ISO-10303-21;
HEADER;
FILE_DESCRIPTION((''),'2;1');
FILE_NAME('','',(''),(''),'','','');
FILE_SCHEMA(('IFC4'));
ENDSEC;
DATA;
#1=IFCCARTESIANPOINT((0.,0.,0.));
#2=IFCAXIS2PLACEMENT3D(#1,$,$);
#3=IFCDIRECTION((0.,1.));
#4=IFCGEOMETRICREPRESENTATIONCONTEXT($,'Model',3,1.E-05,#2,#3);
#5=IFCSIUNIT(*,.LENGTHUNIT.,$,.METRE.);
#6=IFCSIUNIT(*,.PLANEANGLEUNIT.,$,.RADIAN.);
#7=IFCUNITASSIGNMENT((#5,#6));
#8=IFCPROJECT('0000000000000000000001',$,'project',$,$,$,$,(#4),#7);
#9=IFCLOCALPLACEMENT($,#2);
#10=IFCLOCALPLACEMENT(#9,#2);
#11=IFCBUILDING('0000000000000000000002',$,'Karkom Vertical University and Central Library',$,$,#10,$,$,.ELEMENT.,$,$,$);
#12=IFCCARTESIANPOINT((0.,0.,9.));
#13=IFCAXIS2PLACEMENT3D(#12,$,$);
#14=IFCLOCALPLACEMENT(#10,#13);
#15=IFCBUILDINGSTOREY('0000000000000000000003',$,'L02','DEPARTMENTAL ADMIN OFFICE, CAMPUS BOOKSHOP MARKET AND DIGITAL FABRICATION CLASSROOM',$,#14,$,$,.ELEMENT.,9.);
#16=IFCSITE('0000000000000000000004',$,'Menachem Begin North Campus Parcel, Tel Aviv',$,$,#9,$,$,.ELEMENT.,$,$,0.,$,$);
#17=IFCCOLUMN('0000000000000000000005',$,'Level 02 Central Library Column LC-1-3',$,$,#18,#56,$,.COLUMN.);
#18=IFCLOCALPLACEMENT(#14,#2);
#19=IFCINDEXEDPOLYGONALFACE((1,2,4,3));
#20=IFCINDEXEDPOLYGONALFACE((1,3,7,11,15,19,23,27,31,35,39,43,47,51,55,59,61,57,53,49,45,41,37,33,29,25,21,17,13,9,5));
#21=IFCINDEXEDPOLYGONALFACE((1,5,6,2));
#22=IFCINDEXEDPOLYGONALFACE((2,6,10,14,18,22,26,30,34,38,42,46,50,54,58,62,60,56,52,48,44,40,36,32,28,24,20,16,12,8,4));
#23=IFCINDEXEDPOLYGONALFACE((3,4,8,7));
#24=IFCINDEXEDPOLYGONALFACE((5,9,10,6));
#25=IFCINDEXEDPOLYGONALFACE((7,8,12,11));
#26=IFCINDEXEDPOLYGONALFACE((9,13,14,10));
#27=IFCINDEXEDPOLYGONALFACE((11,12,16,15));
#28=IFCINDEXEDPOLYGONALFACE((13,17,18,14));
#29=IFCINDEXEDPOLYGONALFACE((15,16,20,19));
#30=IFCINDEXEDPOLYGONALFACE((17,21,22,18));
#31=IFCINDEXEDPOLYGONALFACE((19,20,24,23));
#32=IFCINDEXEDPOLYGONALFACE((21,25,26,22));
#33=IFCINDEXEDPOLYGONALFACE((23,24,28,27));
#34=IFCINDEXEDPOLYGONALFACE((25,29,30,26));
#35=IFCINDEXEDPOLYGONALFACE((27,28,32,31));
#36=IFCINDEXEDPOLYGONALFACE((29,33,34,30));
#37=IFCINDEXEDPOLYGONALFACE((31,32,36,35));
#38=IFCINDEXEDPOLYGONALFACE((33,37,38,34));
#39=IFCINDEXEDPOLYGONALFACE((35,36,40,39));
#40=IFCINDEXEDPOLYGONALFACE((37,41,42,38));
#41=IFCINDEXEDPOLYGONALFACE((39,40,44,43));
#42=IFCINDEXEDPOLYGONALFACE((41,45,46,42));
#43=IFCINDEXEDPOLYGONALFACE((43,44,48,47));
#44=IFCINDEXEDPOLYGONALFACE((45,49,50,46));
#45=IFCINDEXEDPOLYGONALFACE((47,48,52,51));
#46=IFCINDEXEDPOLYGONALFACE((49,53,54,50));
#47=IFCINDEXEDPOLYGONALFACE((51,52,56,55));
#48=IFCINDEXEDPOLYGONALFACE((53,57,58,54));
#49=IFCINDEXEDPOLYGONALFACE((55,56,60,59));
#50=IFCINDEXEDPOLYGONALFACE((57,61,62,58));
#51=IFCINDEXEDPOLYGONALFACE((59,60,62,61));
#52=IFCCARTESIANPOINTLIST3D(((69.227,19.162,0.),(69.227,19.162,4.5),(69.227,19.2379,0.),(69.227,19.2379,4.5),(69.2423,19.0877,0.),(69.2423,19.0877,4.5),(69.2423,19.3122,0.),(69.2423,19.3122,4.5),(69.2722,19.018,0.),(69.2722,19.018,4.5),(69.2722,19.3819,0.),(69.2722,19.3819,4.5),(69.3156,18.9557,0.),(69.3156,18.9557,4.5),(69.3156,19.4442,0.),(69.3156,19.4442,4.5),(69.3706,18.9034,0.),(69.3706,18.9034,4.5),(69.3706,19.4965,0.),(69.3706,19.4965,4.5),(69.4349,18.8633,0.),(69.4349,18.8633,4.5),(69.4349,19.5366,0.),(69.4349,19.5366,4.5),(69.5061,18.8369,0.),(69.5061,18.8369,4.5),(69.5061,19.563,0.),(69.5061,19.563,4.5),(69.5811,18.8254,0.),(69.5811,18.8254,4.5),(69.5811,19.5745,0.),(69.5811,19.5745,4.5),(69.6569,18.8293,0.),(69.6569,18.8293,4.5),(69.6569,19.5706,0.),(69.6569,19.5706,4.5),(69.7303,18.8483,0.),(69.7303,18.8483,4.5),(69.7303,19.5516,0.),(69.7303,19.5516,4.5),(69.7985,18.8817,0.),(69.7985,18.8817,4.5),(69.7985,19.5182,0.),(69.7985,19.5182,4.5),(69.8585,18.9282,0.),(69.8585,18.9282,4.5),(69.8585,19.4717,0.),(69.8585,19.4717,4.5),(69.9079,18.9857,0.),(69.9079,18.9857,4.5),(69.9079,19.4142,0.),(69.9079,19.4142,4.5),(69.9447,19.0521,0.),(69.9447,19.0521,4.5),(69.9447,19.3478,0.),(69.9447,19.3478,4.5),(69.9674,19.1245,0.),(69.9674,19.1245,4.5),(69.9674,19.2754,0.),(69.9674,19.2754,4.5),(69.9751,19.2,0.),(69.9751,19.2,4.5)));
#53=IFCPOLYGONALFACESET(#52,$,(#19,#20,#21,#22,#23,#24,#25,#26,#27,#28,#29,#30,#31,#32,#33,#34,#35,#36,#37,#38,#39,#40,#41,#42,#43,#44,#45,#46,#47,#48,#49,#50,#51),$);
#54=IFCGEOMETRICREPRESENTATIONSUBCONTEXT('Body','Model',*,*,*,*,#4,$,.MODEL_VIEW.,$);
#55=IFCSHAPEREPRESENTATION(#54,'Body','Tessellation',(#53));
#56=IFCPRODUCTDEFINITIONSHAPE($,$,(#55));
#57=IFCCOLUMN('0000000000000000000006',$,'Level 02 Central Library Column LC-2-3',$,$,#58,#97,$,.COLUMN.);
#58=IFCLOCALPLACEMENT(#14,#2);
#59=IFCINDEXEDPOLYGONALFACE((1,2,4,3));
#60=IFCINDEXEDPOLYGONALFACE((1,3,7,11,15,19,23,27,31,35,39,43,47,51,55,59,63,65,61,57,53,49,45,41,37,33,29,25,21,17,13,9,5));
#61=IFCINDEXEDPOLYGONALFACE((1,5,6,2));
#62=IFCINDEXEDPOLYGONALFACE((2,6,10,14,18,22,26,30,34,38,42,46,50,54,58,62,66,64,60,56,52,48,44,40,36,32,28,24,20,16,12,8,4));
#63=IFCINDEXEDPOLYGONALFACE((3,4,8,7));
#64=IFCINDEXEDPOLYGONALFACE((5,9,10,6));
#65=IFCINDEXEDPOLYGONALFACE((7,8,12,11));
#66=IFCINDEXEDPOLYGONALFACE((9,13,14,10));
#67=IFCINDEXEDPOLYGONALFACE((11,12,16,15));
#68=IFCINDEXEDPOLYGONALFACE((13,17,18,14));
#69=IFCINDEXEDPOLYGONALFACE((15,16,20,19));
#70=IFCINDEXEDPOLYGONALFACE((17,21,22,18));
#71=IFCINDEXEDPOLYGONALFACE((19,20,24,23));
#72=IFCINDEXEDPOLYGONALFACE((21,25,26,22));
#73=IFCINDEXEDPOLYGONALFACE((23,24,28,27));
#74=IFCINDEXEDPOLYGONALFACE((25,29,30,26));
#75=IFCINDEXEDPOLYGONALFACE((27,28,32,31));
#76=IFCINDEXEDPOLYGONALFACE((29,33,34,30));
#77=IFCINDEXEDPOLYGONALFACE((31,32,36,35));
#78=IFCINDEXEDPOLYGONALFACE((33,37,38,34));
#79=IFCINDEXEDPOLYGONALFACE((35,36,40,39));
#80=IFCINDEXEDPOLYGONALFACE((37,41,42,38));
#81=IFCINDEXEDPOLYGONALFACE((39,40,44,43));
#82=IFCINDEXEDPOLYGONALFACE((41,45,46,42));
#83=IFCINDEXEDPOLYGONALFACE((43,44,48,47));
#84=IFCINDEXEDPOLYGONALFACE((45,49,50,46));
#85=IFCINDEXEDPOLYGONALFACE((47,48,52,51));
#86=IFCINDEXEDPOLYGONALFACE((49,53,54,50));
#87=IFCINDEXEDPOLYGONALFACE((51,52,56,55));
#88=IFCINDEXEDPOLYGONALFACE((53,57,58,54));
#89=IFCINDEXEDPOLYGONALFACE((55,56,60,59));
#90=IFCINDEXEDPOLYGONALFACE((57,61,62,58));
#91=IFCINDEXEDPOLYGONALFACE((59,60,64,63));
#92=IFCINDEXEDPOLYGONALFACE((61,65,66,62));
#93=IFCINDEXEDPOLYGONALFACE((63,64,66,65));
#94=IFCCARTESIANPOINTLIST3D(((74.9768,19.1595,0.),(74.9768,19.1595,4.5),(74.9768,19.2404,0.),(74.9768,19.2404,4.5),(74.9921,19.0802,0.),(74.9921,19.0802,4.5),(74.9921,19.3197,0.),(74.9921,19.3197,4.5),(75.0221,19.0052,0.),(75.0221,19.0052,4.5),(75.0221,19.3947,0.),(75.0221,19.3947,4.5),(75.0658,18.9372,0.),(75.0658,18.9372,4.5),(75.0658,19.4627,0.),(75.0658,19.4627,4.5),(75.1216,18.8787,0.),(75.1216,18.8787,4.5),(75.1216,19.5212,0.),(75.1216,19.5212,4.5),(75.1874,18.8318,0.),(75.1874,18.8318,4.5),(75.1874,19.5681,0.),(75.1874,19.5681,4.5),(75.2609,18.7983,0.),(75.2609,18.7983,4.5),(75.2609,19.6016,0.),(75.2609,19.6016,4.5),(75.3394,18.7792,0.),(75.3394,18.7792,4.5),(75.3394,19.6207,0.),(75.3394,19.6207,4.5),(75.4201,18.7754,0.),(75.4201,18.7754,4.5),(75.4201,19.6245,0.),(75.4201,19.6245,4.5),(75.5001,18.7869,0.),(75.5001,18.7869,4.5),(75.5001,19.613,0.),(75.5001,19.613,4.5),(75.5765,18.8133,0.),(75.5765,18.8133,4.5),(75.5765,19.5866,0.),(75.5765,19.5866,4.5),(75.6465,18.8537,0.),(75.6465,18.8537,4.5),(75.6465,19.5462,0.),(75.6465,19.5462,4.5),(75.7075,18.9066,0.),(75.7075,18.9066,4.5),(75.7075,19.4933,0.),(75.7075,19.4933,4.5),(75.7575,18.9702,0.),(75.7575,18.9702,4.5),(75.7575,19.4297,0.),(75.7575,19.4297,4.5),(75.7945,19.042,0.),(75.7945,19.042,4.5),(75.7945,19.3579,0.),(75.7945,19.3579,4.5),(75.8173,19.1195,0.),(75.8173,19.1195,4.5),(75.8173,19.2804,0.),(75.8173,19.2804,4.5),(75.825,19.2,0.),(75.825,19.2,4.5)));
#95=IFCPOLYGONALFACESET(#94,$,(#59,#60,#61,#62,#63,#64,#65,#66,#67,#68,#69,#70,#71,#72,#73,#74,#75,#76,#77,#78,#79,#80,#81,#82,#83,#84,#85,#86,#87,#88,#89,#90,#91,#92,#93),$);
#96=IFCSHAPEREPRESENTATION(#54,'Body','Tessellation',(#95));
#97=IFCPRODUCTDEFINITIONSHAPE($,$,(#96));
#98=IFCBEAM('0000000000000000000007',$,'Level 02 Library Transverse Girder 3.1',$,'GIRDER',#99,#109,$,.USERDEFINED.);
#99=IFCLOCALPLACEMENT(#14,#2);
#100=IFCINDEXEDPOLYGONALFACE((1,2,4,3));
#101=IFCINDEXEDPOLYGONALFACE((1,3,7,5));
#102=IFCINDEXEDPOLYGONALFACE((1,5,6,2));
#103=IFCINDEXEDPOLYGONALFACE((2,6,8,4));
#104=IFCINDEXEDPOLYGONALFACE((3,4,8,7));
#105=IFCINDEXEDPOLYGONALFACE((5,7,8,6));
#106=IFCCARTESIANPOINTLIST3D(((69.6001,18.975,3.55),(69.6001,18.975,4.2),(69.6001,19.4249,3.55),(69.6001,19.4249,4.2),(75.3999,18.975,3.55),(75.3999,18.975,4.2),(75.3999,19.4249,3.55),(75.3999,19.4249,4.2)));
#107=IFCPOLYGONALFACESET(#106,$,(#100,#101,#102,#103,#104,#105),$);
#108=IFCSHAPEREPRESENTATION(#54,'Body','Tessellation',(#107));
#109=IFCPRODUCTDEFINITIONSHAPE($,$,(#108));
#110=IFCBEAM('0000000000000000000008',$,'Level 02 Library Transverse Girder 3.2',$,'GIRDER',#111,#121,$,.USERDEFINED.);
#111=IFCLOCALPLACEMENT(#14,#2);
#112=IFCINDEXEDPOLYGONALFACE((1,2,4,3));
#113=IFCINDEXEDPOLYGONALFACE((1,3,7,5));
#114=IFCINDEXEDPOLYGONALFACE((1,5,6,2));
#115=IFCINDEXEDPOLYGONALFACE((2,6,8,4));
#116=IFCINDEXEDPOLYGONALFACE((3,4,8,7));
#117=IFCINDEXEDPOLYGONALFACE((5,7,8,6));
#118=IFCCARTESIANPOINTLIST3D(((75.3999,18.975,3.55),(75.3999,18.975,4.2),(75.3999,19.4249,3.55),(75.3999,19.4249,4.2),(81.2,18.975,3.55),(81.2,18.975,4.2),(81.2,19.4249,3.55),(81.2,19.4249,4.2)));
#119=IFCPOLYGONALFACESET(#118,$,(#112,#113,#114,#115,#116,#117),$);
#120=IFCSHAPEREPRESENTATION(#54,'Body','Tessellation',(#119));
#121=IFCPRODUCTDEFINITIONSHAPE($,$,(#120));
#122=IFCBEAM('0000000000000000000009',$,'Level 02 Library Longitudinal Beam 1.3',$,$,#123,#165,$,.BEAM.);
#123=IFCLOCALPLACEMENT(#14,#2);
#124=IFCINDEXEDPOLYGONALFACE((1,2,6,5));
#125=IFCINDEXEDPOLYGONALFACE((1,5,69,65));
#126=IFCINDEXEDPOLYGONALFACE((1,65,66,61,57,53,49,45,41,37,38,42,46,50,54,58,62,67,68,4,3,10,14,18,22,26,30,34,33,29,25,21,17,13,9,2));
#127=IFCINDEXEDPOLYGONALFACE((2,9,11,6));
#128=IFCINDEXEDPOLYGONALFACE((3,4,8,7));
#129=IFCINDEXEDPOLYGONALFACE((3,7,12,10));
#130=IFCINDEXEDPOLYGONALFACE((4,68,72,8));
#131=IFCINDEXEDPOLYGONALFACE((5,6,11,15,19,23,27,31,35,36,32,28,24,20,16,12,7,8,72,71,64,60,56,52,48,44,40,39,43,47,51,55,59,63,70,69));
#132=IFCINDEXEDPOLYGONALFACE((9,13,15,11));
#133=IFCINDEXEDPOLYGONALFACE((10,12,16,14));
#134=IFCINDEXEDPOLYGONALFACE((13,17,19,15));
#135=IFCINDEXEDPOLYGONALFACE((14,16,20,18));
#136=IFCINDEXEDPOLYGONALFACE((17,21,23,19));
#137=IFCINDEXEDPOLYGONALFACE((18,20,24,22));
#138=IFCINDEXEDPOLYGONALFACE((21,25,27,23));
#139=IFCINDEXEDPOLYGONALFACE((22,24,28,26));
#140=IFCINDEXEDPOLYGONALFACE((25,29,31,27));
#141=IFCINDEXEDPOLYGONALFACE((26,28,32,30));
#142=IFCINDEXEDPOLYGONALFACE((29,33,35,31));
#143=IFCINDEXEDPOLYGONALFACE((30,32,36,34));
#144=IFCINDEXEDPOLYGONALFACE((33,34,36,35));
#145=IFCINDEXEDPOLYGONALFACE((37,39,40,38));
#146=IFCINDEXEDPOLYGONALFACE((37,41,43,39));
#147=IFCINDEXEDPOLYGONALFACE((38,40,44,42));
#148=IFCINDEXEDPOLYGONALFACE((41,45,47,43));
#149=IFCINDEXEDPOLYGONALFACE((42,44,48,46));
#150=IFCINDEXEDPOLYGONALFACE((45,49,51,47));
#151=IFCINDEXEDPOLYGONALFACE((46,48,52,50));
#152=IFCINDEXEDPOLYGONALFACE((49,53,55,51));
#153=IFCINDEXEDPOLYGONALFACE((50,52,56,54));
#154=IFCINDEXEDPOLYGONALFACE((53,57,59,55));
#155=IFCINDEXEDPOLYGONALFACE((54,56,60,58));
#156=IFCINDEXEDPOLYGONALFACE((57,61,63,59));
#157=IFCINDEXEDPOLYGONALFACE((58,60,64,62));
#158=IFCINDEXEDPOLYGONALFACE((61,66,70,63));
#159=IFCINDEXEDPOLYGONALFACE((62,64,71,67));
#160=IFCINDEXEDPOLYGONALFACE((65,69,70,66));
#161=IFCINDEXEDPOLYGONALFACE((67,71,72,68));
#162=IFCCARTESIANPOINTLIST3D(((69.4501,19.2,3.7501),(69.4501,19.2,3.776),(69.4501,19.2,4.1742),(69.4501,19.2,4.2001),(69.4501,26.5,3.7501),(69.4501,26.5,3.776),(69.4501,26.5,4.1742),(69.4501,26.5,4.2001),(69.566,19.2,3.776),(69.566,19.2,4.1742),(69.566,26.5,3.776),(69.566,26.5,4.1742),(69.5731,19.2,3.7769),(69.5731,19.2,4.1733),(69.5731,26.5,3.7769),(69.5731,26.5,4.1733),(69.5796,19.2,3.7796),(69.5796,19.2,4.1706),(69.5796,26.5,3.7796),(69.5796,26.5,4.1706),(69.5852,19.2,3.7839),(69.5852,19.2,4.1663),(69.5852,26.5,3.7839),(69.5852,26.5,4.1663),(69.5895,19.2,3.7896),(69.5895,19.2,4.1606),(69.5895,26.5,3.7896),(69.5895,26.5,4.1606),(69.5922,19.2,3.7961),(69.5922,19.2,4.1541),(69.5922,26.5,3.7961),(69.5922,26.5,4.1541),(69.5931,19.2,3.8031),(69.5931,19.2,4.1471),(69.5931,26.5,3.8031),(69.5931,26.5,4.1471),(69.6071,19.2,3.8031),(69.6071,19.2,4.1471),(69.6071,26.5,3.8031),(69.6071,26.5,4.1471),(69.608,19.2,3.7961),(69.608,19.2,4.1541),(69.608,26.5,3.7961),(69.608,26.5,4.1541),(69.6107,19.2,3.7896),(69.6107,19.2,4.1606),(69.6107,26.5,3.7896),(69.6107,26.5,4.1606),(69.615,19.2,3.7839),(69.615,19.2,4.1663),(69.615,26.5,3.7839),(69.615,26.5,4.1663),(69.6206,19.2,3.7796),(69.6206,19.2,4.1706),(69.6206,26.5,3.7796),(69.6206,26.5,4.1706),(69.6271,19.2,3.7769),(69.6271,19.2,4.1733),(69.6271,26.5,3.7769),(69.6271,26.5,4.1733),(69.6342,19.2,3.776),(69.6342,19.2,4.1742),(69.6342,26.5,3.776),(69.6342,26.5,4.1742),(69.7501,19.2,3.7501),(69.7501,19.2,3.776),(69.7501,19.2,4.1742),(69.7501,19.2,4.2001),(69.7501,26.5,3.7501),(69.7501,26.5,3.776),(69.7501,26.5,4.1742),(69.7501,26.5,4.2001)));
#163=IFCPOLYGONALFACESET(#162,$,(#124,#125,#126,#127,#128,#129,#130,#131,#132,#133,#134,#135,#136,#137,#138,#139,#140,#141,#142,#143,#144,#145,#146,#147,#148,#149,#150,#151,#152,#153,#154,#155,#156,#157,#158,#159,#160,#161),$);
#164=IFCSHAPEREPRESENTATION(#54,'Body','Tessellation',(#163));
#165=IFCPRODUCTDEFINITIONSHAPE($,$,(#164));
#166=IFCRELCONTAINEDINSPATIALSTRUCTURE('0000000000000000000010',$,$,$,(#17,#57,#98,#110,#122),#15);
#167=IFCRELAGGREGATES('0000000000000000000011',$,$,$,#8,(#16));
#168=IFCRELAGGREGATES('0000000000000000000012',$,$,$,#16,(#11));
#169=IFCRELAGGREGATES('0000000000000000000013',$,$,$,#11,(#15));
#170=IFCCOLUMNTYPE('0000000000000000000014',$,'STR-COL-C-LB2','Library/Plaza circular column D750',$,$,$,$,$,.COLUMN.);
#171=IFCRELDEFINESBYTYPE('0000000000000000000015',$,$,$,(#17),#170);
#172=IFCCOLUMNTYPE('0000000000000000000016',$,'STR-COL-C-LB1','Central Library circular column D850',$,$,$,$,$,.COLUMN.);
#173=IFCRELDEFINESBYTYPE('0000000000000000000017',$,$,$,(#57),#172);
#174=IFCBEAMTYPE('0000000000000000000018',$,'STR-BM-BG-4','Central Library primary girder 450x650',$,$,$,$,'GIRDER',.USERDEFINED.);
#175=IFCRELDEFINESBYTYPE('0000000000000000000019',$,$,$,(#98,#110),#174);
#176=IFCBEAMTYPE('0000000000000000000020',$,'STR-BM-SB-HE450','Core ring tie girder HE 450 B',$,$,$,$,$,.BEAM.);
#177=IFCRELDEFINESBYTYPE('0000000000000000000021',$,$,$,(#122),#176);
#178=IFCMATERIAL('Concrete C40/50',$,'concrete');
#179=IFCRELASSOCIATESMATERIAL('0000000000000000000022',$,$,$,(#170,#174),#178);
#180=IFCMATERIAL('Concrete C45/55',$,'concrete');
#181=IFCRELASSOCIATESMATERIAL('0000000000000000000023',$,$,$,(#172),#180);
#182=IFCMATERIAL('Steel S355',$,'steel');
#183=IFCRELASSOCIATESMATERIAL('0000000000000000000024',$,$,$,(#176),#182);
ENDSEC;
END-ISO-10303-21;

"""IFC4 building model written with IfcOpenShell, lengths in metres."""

from ifc_helpers import new_model, si_unit, direction, frame, origin, origin_with_axes, origin_2d, place, context, subcontext, project, spatial, rectangle, circle, i_section, extrude, source, transform, mapped, material, material_profile, profile_set, type_object, element, save


model = new_model("IFC4")

# Units and contexts
model_context = context("Model", 3, precision=1e-05, world=origin(), true_north=direction((0.0, 1.0)))
body_context = subcontext(model_context, "Body", "Model", "MODEL_VIEW")
ifc_project = project(units=[si_unit("LENGTHUNIT", "METRE"), si_unit("PLANEANGLEUNIT", "RADIAN")], contexts=[model_context])

# Site, building, storey
site_placement = place(None, origin())
site = spatial("IfcSite", under=ifc_project, at=site_placement, Name="Menachem Begin North Campus Parcel, Tel Aviv", CompositionType="ELEMENT", RefElevation=0.0)
building_placement = place(site_placement, origin())
building = spatial("IfcBuilding", under=site, at=building_placement, Name="Karkom Vertical University and Central Library", CompositionType="ELEMENT")
storey_placement = place(building_placement, frame((0.0, 0.0, 9.0)))
storey = spatial("IfcBuildingStorey", under=building, at=storey_placement, Name="L02", Description="DEPARTMENTAL ADMIN OFFICE, CAMPUS BOOKSHOP MARKET AND DIGITAL FABRICATION CLASSROOM", CompositionType="ELEMENT", Elevation=9.0)

# Columns
ifc_material_1 = material(Name="Concrete C40/50", Category="concrete")
ifc_material_profile_1 = material_profile(ifc_material_1, circle(Radius=0.375, at=origin_2d()), Name="RC-D750")
ifc_profile_set_1 = profile_set([ifc_material_profile_1], Name="Concrete C40/50")
column_type_1 = type_object("IfcColumnType", Name="STR-COL-C-LB2", Description="Library/Plaza circular column D750", PredefinedType="COLUMN", material=ifc_profile_set_1)
shared_shape_1 = source(origin_with_axes(), body_context, "Body", "SweptSolid", [
    extrude(circle(Radius=0.375, at=origin_2d()), origin(), (0.0, 0.0, 1.0), 4.5),
])
column_1_placement = place(storey_placement, frame((69.6001, 19.2, 0.0), z_axis=(0.0, 0.0, 1.0), x_axis=(1.0, 0.0, 0.0)))
element("IfcColumn", 1, at=column_1_placement, inside=storey, type_object=column_type_1, Name="Level 02 Central Library Column LC-1-3", PredefinedType="COLUMN", context=body_context, shape_type="MappedRepresentation", body=[
    mapped(shared_shape_1, transform((0.0, 0.0, 0.0), scale=1.0)),
])
ifc_material_2 = material(Name="Concrete C45/55", Category="concrete")
ifc_material_profile_2 = material_profile(ifc_material_2, circle(Radius=0.425, at=origin_2d()), Name="RC-D850")
ifc_profile_set_2 = profile_set([ifc_material_profile_2], Name="Concrete C45/55")
column_type_2 = type_object("IfcColumnType", Name="STR-COL-C-LB1", Description="Central Library circular column D850", PredefinedType="COLUMN", material=ifc_profile_set_2)
shared_shape_2 = source(origin_with_axes(), body_context, "Body", "SweptSolid", [
    extrude(circle(Radius=0.425, at=origin_2d()), origin(), (0.0, 0.0, 1.0), 4.5),
])
column_2_placement = place(storey_placement, frame((75.3999, 19.2, 0.0), z_axis=(0.0, 0.0, 1.0), x_axis=(1.0, 0.0, 0.0)))
element("IfcColumn", 2, at=column_2_placement, inside=storey, type_object=column_type_2, Name="Level 02 Central Library Column LC-2-3", PredefinedType="COLUMN", context=body_context, shape_type="MappedRepresentation", body=[
    mapped(shared_shape_2, transform((0.0, 0.0, 0.0), scale=1.0)),
])

# Beams
ifc_material_profile_3 = material_profile(ifc_material_1, rectangle(XDim=0.45, YDim=0.6499, at=origin_2d()), Name="RCB-450x650")
ifc_profile_set_3 = profile_set([ifc_material_profile_3], Name="Concrete C40/50")
beam_type_1 = type_object("IfcBeamType", Name="STR-BM-BG-4", Description="Central Library primary girder 450x650", ElementType="GIRDER", PredefinedType="USERDEFINED", material=ifc_profile_set_3)
shared_shape_3 = source(origin_with_axes(), body_context, "Body", "SweptSolid", [
    extrude(rectangle(XDim=0.45, YDim=0.6499, at=origin_2d()), origin(), (0.0, 0.0, 1.0), 5.7998),
])
beam_1_placement = place(storey_placement, frame((69.6001, 19.2, 3.875), z_axis=(1.0, 0.0, 0.0), x_axis=(0.0, 1.0, 0.0)))
element("IfcBeam", 3, at=beam_1_placement, inside=storey, type_object=beam_type_1, Name="Level 02 Library Transverse Girder 3.1", ObjectType="GIRDER", PredefinedType="USERDEFINED", context=body_context, shape_type="MappedRepresentation", body=[
    mapped(shared_shape_3, transform((0.0, 0.0, 0.0), scale=1.0)),
])
shared_shape_4 = source(origin_with_axes(), body_context, "Body", "SweptSolid", [
    extrude(rectangle(XDim=0.45, YDim=0.6499, at=origin_2d()), origin(), (0.0, 0.0, 1.0), 5.8),
])
beam_2_placement = place(storey_placement, frame((75.3999, 19.2, 3.875), z_axis=(1.0, 0.0, 0.0), x_axis=(0.0, 1.0, 0.0)))
element("IfcBeam", 4, at=beam_2_placement, inside=storey, type_object=beam_type_1, Name="Level 02 Library Transverse Girder 3.2", ObjectType="GIRDER", PredefinedType="USERDEFINED", context=body_context, shape_type="MappedRepresentation", body=[
    mapped(shared_shape_4, transform((0.0, 0.0, 0.0), scale=1.0)),
])
ifc_material_3 = material(Name="Steel S355", Category="steel")
ifc_material_profile_4 = material_profile(ifc_material_3, i_section(OverallWidth=0.3, OverallDepth=0.45, WebThickness=0.0139, FlangeThickness=0.0259, FilletRadius=0.0271, at=origin_2d()), Name="HE 450 B")
ifc_profile_set_4 = profile_set([ifc_material_profile_4], Name="Steel S355")
beam_type_2 = type_object("IfcBeamType", Name="STR-BM-SB-HE450", Description="Core ring tie girder HE 450 B", PredefinedType="BEAM", material=ifc_profile_set_4)
shared_shape_5 = source(origin_with_axes(), body_context, "Body", "SweptSolid", [
    extrude(i_section(OverallWidth=0.3, OverallDepth=0.45, WebThickness=0.0139, FlangeThickness=0.0259, FilletRadius=0.0271, at=origin_2d()), origin(), (0.0, 0.0, 1.0), 7.3),
])
for number, where, z_axis, x_axis, name in (
    (5, (69.6001, 19.2, 3.9751), (0.0, 1.0, 0.0), (-1.0, 0.0, 0.0), "Level 02 Library Longitudinal Beam 1.3"),
):
    element("IfcBeam", number, at=place(storey_placement, frame(where, z_axis=z_axis, x_axis=x_axis)), inside=storey, type_object=beam_type_2, Name=name, PredefinedType="BEAM", context=body_context, shape_type="MappedRepresentation", body=[
        mapped(shared_shape_5, transform((0.0, 0.0, 0.0), scale=1.0)),
    ])

save(model, "model.ifc")
